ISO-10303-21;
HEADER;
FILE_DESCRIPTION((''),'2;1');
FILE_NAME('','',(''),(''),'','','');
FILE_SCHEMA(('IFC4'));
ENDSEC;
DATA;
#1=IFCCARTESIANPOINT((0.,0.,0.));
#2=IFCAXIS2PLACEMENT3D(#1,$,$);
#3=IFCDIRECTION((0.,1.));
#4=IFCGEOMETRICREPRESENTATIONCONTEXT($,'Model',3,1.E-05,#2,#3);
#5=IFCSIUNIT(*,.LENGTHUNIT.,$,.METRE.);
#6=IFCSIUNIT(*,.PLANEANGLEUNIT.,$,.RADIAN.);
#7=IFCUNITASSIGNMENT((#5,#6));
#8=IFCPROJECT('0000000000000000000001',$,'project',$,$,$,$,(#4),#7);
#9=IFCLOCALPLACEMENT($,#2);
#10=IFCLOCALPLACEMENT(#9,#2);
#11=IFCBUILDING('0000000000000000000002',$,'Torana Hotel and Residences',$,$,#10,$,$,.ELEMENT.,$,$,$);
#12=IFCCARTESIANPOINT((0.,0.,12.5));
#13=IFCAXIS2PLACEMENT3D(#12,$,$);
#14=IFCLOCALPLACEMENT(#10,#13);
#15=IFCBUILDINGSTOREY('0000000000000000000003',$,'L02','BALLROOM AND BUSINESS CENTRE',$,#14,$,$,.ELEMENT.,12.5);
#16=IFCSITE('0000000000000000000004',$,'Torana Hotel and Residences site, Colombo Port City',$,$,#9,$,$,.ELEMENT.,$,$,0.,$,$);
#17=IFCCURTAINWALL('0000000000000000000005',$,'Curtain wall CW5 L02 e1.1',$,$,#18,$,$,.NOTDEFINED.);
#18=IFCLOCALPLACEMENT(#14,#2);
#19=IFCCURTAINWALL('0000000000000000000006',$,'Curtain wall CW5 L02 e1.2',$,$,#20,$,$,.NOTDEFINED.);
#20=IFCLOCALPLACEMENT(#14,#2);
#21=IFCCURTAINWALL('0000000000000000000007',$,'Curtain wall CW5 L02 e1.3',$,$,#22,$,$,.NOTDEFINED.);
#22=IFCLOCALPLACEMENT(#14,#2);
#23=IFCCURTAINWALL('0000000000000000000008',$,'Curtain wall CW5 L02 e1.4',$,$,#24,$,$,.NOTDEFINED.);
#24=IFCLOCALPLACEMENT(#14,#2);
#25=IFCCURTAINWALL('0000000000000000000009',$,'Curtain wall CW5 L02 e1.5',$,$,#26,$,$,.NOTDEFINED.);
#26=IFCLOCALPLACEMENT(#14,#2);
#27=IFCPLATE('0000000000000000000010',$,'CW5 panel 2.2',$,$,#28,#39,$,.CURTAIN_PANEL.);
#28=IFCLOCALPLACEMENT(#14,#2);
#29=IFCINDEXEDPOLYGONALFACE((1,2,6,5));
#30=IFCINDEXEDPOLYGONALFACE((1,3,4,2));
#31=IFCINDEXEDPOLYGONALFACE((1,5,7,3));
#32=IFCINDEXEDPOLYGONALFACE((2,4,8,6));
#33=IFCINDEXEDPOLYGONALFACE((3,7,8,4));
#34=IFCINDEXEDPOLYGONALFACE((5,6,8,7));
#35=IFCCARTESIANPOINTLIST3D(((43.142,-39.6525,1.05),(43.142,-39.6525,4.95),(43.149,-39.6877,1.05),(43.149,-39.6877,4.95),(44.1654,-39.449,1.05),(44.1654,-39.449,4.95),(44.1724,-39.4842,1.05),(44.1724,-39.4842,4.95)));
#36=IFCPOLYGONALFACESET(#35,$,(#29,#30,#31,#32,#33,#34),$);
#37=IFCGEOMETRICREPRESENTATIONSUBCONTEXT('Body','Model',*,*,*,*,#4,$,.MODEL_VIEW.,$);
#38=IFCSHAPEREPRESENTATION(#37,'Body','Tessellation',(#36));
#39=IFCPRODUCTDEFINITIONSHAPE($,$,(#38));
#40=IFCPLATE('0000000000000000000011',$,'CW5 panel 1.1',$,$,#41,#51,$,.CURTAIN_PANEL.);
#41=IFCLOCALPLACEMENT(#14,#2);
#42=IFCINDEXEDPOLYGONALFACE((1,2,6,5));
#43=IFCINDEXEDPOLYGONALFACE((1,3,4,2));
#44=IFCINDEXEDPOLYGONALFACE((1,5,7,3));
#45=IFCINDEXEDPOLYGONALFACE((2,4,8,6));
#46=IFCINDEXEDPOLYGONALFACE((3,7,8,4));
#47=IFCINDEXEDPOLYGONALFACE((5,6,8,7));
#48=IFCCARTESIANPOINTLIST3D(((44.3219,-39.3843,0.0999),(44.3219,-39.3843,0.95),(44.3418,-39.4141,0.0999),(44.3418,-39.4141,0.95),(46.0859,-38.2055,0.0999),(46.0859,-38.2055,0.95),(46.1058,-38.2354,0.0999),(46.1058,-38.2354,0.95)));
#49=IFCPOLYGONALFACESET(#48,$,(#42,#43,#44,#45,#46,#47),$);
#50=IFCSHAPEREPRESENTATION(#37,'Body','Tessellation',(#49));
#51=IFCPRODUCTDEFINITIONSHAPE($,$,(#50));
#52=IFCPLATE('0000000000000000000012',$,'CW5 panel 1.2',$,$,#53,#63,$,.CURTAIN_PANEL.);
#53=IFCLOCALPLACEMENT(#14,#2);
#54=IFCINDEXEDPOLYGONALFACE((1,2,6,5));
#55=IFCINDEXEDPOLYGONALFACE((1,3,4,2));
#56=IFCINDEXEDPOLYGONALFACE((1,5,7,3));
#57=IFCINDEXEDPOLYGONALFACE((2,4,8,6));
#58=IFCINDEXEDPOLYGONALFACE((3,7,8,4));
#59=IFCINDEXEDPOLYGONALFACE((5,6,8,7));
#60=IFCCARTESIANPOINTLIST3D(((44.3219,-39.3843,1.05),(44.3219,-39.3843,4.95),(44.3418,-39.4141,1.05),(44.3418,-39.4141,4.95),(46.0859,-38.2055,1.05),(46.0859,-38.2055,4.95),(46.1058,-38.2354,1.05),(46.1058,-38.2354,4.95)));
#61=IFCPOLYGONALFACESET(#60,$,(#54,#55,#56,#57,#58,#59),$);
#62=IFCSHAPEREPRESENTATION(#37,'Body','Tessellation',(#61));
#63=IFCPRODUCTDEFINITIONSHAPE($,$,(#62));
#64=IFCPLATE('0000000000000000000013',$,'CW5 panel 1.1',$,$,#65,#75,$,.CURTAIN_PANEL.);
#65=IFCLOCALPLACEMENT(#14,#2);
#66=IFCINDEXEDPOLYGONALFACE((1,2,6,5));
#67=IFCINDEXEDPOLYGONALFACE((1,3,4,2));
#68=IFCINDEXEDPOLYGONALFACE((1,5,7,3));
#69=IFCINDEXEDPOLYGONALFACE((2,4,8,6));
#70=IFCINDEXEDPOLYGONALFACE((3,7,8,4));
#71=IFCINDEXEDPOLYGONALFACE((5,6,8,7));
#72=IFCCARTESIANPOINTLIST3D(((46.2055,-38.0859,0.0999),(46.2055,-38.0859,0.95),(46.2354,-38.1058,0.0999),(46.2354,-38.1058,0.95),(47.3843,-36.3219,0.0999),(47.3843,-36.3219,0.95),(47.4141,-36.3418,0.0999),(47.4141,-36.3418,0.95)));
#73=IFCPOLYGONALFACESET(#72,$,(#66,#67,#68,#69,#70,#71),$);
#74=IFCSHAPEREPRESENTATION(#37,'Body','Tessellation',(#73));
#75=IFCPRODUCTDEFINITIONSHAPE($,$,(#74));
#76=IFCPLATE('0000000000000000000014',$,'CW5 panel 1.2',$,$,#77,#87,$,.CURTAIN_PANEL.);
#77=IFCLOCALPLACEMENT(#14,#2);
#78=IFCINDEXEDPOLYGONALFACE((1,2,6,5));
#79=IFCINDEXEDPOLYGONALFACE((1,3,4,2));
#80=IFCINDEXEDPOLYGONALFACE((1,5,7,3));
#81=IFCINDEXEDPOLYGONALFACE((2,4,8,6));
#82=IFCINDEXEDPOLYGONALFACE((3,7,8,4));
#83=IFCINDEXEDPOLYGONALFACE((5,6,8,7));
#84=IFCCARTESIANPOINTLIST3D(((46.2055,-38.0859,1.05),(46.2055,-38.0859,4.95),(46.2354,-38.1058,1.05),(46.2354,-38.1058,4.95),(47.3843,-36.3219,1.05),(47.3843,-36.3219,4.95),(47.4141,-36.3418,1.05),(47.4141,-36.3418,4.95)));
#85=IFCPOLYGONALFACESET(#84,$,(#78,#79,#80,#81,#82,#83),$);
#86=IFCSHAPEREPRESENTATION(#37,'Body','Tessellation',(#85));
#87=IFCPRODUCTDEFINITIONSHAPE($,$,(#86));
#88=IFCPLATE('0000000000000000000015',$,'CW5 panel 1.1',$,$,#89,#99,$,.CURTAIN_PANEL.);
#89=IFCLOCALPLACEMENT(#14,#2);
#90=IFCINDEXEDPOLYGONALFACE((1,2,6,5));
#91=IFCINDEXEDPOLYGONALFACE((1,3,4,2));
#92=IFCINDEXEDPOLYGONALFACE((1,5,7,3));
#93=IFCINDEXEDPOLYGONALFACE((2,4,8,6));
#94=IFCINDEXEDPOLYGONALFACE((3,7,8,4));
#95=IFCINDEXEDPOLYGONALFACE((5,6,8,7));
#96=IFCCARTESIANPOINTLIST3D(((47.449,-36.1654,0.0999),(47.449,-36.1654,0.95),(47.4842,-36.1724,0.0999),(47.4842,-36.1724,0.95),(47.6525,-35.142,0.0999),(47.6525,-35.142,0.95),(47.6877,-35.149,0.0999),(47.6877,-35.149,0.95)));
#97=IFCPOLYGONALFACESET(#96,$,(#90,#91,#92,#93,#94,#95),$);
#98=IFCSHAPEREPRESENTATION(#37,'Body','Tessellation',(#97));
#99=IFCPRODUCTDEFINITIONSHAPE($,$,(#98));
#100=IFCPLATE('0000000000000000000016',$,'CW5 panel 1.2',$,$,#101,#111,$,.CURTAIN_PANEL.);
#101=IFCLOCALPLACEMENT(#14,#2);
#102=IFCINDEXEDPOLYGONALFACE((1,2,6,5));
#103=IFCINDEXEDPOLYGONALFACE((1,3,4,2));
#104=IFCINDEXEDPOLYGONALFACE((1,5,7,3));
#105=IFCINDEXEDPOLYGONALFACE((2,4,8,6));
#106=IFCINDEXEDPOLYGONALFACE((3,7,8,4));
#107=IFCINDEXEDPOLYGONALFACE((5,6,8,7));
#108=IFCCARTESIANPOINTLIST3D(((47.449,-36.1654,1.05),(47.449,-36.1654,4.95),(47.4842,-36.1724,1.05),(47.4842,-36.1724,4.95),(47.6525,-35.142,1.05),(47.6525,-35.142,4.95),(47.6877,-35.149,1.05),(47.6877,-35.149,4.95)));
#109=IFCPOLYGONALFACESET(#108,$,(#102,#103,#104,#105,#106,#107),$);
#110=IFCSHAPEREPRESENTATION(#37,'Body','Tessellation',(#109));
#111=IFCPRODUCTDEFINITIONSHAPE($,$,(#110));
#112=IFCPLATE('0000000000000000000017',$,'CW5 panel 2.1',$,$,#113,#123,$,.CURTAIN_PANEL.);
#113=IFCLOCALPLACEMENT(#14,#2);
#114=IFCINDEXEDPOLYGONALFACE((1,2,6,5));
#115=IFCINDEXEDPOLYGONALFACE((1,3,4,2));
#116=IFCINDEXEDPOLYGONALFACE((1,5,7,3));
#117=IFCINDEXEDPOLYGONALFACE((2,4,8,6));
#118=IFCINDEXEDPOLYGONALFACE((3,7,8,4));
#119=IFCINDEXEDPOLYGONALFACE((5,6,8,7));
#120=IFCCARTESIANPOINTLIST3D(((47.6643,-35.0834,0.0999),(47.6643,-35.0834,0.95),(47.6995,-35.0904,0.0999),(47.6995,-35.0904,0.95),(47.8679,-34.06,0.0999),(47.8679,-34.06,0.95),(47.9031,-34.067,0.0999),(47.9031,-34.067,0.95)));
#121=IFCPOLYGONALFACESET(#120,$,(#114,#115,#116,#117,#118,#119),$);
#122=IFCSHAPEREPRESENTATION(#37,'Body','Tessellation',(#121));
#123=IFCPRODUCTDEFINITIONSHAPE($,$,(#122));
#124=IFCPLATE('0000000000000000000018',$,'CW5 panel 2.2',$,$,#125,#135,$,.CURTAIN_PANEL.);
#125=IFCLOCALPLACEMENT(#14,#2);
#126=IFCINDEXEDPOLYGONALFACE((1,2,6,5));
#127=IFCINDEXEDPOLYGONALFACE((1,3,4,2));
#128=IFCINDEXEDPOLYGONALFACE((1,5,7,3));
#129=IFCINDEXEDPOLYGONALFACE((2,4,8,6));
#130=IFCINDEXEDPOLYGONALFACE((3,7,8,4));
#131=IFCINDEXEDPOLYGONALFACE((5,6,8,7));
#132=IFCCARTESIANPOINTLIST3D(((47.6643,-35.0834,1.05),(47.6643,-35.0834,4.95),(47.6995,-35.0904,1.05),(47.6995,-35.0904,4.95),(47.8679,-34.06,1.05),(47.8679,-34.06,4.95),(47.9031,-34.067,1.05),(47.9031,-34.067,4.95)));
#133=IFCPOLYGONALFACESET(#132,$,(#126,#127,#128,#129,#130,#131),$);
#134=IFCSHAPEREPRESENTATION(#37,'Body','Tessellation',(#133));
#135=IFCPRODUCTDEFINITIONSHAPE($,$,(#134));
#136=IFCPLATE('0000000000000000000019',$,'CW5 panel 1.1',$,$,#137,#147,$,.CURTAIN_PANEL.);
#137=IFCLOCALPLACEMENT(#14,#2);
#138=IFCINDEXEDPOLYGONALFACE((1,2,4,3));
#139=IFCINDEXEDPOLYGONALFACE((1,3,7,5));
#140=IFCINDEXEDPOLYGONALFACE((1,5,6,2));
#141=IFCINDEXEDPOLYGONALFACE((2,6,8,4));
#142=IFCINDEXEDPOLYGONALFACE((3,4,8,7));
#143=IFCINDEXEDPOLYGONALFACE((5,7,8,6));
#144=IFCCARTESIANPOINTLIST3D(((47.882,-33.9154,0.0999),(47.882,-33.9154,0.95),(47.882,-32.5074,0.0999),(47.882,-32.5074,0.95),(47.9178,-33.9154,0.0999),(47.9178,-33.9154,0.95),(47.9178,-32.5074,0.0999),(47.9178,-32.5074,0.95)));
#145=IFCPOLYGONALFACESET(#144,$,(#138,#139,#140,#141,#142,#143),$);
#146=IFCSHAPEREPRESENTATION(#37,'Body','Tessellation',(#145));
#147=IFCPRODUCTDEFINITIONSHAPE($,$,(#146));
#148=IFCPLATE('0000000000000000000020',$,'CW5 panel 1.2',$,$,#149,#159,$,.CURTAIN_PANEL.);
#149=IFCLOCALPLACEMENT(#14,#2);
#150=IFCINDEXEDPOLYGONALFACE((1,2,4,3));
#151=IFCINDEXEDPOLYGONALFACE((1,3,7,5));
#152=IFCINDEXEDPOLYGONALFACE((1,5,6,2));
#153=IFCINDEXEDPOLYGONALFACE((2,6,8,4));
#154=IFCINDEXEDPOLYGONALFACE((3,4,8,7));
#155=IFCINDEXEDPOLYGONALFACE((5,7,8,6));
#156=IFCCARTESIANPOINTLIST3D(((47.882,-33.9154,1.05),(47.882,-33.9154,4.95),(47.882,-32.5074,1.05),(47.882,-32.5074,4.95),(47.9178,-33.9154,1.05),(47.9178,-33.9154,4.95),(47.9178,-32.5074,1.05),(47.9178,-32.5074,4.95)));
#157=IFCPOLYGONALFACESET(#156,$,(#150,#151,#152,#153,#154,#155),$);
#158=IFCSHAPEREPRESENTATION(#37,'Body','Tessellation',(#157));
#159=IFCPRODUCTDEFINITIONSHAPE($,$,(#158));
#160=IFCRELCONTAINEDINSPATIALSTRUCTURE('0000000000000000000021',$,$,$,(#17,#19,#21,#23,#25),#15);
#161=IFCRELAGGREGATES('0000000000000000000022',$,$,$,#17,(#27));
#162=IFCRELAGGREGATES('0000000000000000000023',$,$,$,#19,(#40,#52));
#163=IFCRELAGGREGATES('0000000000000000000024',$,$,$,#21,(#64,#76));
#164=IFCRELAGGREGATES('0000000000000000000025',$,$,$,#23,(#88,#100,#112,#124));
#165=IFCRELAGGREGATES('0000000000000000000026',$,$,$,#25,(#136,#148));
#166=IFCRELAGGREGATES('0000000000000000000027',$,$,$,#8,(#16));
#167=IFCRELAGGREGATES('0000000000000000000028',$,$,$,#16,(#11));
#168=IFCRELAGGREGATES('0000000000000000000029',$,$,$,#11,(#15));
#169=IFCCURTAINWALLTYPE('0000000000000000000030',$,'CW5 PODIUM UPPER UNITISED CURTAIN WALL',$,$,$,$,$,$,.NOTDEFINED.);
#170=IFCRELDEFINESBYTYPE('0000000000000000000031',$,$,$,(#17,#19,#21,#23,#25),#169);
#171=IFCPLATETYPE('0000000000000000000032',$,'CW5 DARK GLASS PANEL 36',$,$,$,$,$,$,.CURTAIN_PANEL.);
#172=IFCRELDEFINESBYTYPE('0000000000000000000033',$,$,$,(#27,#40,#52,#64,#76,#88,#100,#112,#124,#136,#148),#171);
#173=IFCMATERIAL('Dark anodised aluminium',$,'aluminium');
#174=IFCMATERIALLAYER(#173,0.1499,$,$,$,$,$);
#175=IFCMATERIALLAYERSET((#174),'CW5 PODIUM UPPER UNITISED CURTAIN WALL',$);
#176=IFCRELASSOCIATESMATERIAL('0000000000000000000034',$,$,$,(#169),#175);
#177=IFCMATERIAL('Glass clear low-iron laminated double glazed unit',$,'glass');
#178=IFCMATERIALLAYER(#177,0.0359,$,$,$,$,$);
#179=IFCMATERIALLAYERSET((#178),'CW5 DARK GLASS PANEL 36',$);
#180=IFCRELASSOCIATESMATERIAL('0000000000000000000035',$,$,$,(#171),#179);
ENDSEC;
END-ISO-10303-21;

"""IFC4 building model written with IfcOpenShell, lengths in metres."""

from ifc_helpers import new_model, si_unit, direction, frame, origin, origin_2d, place, context, subcontext, project, spatial, rectangle, extrude, material, layer, layer_set, type_object, element, aggregate, save


model = new_model("IFC4")

# Units and contexts
model_context = context("Model", 3, precision=1e-05, world=origin(), true_north=direction((0.0, 1.0)))
body_context = subcontext(model_context, "Body", "Model", "MODEL_VIEW")
ifc_project = project(units=[si_unit("LENGTHUNIT", "METRE"), si_unit("PLANEANGLEUNIT", "RADIAN")], contexts=[model_context])

# Site, building, storey
site_placement = place(None, origin())
site = spatial("IfcSite", under=ifc_project, at=site_placement, Name="Torana Hotel and Residences site, Colombo Port City", CompositionType="ELEMENT", RefElevation=0.0)
building_placement = place(site_placement, origin())
building = spatial("IfcBuilding", under=site, at=building_placement, Name="Torana Hotel and Residences", CompositionType="ELEMENT")
storey_placement = place(building_placement, frame((0.0, 0.0, 12.5)))
storey = spatial("IfcBuildingStorey", under=building, at=storey_placement, Name="L02", Description="BALLROOM AND BUSINESS CENTRE", CompositionType="ELEMENT", Elevation=12.5)

# Curtain wall
ifc_material_1 = material(Name="Dark anodised aluminium", Category="aluminium")
ifc_layer_1 = layer(ifc_material_1, 0.1499)
ifc_layer_set_1 = layer_set([ifc_layer_1], Name="CW5 PODIUM UPPER UNITISED CURTAIN WALL")
curtain_wall_type = type_object("IfcCurtainWallType", Name="CW5 PODIUM UPPER UNITISED CURTAIN WALL", PredefinedType="NOTDEFINED", material=ifc_layer_set_1)
curtain_wall_1_placement = place(storey_placement, origin())
curtain_wall_1 = element("IfcCurtainWall", 1, at=curtain_wall_1_placement, inside=storey, type_object=curtain_wall_type, Name="Curtain wall CW5 L02 e1.1", PredefinedType="NOTDEFINED")

# Curtain walls
curtain_wall_2_placement = place(storey_placement, origin())
curtain_wall_2 = element("IfcCurtainWall", 2, at=curtain_wall_2_placement, inside=storey, type_object=curtain_wall_type, Name="Curtain wall CW5 L02 e1.2", PredefinedType="NOTDEFINED")
curtain_wall_3_placement = place(storey_placement, origin())
curtain_wall_3 = element("IfcCurtainWall", 3, at=curtain_wall_3_placement, inside=storey, type_object=curtain_wall_type, Name="Curtain wall CW5 L02 e1.3", PredefinedType="NOTDEFINED")
curtain_wall_4_placement = place(storey_placement, origin())
curtain_wall_4 = element("IfcCurtainWall", 4, at=curtain_wall_4_placement, inside=storey, type_object=curtain_wall_type, Name="Curtain wall CW5 L02 e1.4", PredefinedType="NOTDEFINED")

# Curtain wall
curtain_wall_5_placement = place(storey_placement, origin())
curtain_wall_5 = element("IfcCurtainWall", 5, at=curtain_wall_5_placement, inside=storey, type_object=curtain_wall_type, Name="Curtain wall CW5 L02 e1.5", PredefinedType="NOTDEFINED")

# Plates
ifc_material_2 = material(Name="Glass clear low-iron laminated double glazed unit", Category="glass")
ifc_layer_2 = layer(ifc_material_2, 0.0359)
ifc_layer_set_2 = layer_set([ifc_layer_2], Name="CW5 DARK GLASS PANEL 36")
plate_type = type_object("IfcPlateType", Name="CW5 DARK GLASS PANEL 36", PredefinedType="CURTAIN_PANEL", material=ifc_layer_set_2)
plate_1_placement = place(storey_placement, frame((43.6572, -39.5684, 1.05), z_axis=(0.0, 0.0, 1.0), x_axis=(0.980787, 0.195081, 0.0)))
plate_1 = element("IfcPlate", 6, at=plate_1_placement, type_object=plate_type, Name="CW5 panel 2.2", PredefinedType="CURTAIN_PANEL", context=body_context, shape_type="SweptSolid", body=[
    extrude(rectangle(XDim=1.0435, YDim=0.0359, at=origin_2d()), origin(), (0.0, 0.0, 1.0), 3.8999),
])
aggregate(curtain_wall_1, [plate_1])
plate_2_placement = place(storey_placement, frame((45.2139, -38.8098, 0.0999), z_axis=(0.0, 0.0, 1.0), x_axis=(0.83146, 0.555585, 0.0)))
plate_2 = element("IfcPlate", 7, at=plate_2_placement, type_object=plate_type, Name="CW5 panel 1.1", PredefinedType="CURTAIN_PANEL", context=body_context, shape_type="SweptSolid", body=[
    extrude(rectangle(XDim=2.1216, YDim=0.0359, at=origin_2d()), origin(), (0.0, 0.0, 1.0), 0.8501),
])
plate_3_placement = place(storey_placement, frame((45.2139, -38.8098, 1.05), z_axis=(0.0, 0.0, 1.0), x_axis=(0.83146, 0.555585, 0.0)))
plate_3 = element("IfcPlate", 8, at=plate_3_placement, type_object=plate_type, Name="CW5 panel 1.2", PredefinedType="CURTAIN_PANEL", context=body_context, shape_type="SweptSolid", body=[
    extrude(rectangle(XDim=2.1216, YDim=0.0359, at=origin_2d()), origin(), (0.0, 0.0, 1.0), 3.8999),
])
aggregate(curtain_wall_2, [plate_2, plate_3])
plate_4_placement = place(storey_placement, frame((46.8098, -37.2139, 0.0999), z_axis=(0.0, 0.0, 1.0), x_axis=(0.555585, 0.83146, 0.0)))
plate_4 = element("IfcPlate", 9, at=plate_4_placement, type_object=plate_type, Name="CW5 panel 1.1", PredefinedType="CURTAIN_PANEL", context=body_context, shape_type="SweptSolid", body=[
    extrude(rectangle(XDim=2.1216, YDim=0.0359, at=origin_2d()), origin(), (0.0, 0.0, 1.0), 0.8501),
])
plate_5_placement = place(storey_placement, frame((46.8098, -37.2139, 1.05), z_axis=(0.0, 0.0, 1.0), x_axis=(0.555585, 0.83146, 0.0)))
plate_5 = element("IfcPlate", 10, at=plate_5_placement, type_object=plate_type, Name="CW5 panel 1.2", PredefinedType="CURTAIN_PANEL", context=body_context, shape_type="SweptSolid", body=[
    extrude(rectangle(XDim=2.1216, YDim=0.0359, at=origin_2d()), origin(), (0.0, 0.0, 1.0), 3.8999),
])
aggregate(curtain_wall_3, [plate_4, plate_5])
plate_6_placement = place(storey_placement, frame((47.5684, -35.6572, 0.0999), z_axis=(0.0, 0.0, 1.0), x_axis=(0.195081, 0.980787, 0.0)))
plate_6 = element("IfcPlate", 11, at=plate_6_placement, type_object=plate_type, Name="CW5 panel 1.1", PredefinedType="CURTAIN_PANEL", context=body_context, shape_type="SweptSolid", body=[
    extrude(rectangle(XDim=1.0435, YDim=0.0359, at=origin_2d()), origin(), (0.0, 0.0, 1.0), 0.8501),
])
plate_7_placement = place(storey_placement, frame((47.5684, -35.6572, 1.05), z_axis=(0.0, 0.0, 1.0), x_axis=(0.195081, 0.980787, 0.0)))
plate_7 = element("IfcPlate", 12, at=plate_7_placement, type_object=plate_type, Name="CW5 panel 1.2", PredefinedType="CURTAIN_PANEL", context=body_context, shape_type="SweptSolid", body=[
    extrude(rectangle(XDim=1.0435, YDim=0.0359, at=origin_2d()), origin(), (0.0, 0.0, 1.0), 3.8999),
])
plate_8_placement = place(storey_placement, frame((47.7837, -34.5752, 0.0999), z_axis=(0.0, 0.0, 1.0), x_axis=(0.195081, 0.980787, 0.0)))
plate_8 = element("IfcPlate", 13, at=plate_8_placement, type_object=plate_type, Name="CW5 panel 2.1", PredefinedType="CURTAIN_PANEL", context=body_context, shape_type="SweptSolid", body=[
    extrude(rectangle(XDim=1.0435, YDim=0.0359, at=origin_2d()), origin(), (0.0, 0.0, 1.0), 0.8501),
])
plate_9_placement = place(storey_placement, frame((47.7837, -34.5752, 1.05), z_axis=(0.0, 0.0, 1.0), x_axis=(0.195081, 0.980787, 0.0)))
plate_9 = element("IfcPlate", 14, at=plate_9_placement, type_object=plate_type, Name="CW5 panel 2.2", PredefinedType="CURTAIN_PANEL", context=body_context, shape_type="SweptSolid", body=[
    extrude(rectangle(XDim=1.0435, YDim=0.0359, at=origin_2d()), origin(), (0.0, 0.0, 1.0), 3.8999),
])
aggregate(curtain_wall_4, [plate_6, plate_7, plate_8, plate_9])
plate_10_placement = place(storey_placement, frame((47.8999, -33.2114, 0.0999), z_axis=(0.0, 0.0, 1.0), x_axis=(0.0, 1.0, 0.0)))
plate_10 = element("IfcPlate", 15, at=plate_10_placement, type_object=plate_type, Name="CW5 panel 1.1", PredefinedType="CURTAIN_PANEL", context=body_context, shape_type="SweptSolid", body=[
    extrude(rectangle(XDim=1.408, YDim=0.0359, at=origin_2d()), origin(), (0.0, 0.0, 1.0), 0.8501),
])
plate_11_placement = place(storey_placement, frame((47.8999, -33.2114, 1.05), z_axis=(0.0, 0.0, 1.0), x_axis=(0.0, 1.0, 0.0)))
plate_11 = element("IfcPlate", 16, at=plate_11_placement, type_object=plate_type, Name="CW5 panel 1.2", PredefinedType="CURTAIN_PANEL", context=body_context, shape_type="SweptSolid", body=[
    extrude(rectangle(XDim=1.408, YDim=0.0359, at=origin_2d()), origin(), (0.0, 0.0, 1.0), 3.8999),
])
aggregate(curtain_wall_5, [plate_10, plate_11])

save(model, "model.ifc")
